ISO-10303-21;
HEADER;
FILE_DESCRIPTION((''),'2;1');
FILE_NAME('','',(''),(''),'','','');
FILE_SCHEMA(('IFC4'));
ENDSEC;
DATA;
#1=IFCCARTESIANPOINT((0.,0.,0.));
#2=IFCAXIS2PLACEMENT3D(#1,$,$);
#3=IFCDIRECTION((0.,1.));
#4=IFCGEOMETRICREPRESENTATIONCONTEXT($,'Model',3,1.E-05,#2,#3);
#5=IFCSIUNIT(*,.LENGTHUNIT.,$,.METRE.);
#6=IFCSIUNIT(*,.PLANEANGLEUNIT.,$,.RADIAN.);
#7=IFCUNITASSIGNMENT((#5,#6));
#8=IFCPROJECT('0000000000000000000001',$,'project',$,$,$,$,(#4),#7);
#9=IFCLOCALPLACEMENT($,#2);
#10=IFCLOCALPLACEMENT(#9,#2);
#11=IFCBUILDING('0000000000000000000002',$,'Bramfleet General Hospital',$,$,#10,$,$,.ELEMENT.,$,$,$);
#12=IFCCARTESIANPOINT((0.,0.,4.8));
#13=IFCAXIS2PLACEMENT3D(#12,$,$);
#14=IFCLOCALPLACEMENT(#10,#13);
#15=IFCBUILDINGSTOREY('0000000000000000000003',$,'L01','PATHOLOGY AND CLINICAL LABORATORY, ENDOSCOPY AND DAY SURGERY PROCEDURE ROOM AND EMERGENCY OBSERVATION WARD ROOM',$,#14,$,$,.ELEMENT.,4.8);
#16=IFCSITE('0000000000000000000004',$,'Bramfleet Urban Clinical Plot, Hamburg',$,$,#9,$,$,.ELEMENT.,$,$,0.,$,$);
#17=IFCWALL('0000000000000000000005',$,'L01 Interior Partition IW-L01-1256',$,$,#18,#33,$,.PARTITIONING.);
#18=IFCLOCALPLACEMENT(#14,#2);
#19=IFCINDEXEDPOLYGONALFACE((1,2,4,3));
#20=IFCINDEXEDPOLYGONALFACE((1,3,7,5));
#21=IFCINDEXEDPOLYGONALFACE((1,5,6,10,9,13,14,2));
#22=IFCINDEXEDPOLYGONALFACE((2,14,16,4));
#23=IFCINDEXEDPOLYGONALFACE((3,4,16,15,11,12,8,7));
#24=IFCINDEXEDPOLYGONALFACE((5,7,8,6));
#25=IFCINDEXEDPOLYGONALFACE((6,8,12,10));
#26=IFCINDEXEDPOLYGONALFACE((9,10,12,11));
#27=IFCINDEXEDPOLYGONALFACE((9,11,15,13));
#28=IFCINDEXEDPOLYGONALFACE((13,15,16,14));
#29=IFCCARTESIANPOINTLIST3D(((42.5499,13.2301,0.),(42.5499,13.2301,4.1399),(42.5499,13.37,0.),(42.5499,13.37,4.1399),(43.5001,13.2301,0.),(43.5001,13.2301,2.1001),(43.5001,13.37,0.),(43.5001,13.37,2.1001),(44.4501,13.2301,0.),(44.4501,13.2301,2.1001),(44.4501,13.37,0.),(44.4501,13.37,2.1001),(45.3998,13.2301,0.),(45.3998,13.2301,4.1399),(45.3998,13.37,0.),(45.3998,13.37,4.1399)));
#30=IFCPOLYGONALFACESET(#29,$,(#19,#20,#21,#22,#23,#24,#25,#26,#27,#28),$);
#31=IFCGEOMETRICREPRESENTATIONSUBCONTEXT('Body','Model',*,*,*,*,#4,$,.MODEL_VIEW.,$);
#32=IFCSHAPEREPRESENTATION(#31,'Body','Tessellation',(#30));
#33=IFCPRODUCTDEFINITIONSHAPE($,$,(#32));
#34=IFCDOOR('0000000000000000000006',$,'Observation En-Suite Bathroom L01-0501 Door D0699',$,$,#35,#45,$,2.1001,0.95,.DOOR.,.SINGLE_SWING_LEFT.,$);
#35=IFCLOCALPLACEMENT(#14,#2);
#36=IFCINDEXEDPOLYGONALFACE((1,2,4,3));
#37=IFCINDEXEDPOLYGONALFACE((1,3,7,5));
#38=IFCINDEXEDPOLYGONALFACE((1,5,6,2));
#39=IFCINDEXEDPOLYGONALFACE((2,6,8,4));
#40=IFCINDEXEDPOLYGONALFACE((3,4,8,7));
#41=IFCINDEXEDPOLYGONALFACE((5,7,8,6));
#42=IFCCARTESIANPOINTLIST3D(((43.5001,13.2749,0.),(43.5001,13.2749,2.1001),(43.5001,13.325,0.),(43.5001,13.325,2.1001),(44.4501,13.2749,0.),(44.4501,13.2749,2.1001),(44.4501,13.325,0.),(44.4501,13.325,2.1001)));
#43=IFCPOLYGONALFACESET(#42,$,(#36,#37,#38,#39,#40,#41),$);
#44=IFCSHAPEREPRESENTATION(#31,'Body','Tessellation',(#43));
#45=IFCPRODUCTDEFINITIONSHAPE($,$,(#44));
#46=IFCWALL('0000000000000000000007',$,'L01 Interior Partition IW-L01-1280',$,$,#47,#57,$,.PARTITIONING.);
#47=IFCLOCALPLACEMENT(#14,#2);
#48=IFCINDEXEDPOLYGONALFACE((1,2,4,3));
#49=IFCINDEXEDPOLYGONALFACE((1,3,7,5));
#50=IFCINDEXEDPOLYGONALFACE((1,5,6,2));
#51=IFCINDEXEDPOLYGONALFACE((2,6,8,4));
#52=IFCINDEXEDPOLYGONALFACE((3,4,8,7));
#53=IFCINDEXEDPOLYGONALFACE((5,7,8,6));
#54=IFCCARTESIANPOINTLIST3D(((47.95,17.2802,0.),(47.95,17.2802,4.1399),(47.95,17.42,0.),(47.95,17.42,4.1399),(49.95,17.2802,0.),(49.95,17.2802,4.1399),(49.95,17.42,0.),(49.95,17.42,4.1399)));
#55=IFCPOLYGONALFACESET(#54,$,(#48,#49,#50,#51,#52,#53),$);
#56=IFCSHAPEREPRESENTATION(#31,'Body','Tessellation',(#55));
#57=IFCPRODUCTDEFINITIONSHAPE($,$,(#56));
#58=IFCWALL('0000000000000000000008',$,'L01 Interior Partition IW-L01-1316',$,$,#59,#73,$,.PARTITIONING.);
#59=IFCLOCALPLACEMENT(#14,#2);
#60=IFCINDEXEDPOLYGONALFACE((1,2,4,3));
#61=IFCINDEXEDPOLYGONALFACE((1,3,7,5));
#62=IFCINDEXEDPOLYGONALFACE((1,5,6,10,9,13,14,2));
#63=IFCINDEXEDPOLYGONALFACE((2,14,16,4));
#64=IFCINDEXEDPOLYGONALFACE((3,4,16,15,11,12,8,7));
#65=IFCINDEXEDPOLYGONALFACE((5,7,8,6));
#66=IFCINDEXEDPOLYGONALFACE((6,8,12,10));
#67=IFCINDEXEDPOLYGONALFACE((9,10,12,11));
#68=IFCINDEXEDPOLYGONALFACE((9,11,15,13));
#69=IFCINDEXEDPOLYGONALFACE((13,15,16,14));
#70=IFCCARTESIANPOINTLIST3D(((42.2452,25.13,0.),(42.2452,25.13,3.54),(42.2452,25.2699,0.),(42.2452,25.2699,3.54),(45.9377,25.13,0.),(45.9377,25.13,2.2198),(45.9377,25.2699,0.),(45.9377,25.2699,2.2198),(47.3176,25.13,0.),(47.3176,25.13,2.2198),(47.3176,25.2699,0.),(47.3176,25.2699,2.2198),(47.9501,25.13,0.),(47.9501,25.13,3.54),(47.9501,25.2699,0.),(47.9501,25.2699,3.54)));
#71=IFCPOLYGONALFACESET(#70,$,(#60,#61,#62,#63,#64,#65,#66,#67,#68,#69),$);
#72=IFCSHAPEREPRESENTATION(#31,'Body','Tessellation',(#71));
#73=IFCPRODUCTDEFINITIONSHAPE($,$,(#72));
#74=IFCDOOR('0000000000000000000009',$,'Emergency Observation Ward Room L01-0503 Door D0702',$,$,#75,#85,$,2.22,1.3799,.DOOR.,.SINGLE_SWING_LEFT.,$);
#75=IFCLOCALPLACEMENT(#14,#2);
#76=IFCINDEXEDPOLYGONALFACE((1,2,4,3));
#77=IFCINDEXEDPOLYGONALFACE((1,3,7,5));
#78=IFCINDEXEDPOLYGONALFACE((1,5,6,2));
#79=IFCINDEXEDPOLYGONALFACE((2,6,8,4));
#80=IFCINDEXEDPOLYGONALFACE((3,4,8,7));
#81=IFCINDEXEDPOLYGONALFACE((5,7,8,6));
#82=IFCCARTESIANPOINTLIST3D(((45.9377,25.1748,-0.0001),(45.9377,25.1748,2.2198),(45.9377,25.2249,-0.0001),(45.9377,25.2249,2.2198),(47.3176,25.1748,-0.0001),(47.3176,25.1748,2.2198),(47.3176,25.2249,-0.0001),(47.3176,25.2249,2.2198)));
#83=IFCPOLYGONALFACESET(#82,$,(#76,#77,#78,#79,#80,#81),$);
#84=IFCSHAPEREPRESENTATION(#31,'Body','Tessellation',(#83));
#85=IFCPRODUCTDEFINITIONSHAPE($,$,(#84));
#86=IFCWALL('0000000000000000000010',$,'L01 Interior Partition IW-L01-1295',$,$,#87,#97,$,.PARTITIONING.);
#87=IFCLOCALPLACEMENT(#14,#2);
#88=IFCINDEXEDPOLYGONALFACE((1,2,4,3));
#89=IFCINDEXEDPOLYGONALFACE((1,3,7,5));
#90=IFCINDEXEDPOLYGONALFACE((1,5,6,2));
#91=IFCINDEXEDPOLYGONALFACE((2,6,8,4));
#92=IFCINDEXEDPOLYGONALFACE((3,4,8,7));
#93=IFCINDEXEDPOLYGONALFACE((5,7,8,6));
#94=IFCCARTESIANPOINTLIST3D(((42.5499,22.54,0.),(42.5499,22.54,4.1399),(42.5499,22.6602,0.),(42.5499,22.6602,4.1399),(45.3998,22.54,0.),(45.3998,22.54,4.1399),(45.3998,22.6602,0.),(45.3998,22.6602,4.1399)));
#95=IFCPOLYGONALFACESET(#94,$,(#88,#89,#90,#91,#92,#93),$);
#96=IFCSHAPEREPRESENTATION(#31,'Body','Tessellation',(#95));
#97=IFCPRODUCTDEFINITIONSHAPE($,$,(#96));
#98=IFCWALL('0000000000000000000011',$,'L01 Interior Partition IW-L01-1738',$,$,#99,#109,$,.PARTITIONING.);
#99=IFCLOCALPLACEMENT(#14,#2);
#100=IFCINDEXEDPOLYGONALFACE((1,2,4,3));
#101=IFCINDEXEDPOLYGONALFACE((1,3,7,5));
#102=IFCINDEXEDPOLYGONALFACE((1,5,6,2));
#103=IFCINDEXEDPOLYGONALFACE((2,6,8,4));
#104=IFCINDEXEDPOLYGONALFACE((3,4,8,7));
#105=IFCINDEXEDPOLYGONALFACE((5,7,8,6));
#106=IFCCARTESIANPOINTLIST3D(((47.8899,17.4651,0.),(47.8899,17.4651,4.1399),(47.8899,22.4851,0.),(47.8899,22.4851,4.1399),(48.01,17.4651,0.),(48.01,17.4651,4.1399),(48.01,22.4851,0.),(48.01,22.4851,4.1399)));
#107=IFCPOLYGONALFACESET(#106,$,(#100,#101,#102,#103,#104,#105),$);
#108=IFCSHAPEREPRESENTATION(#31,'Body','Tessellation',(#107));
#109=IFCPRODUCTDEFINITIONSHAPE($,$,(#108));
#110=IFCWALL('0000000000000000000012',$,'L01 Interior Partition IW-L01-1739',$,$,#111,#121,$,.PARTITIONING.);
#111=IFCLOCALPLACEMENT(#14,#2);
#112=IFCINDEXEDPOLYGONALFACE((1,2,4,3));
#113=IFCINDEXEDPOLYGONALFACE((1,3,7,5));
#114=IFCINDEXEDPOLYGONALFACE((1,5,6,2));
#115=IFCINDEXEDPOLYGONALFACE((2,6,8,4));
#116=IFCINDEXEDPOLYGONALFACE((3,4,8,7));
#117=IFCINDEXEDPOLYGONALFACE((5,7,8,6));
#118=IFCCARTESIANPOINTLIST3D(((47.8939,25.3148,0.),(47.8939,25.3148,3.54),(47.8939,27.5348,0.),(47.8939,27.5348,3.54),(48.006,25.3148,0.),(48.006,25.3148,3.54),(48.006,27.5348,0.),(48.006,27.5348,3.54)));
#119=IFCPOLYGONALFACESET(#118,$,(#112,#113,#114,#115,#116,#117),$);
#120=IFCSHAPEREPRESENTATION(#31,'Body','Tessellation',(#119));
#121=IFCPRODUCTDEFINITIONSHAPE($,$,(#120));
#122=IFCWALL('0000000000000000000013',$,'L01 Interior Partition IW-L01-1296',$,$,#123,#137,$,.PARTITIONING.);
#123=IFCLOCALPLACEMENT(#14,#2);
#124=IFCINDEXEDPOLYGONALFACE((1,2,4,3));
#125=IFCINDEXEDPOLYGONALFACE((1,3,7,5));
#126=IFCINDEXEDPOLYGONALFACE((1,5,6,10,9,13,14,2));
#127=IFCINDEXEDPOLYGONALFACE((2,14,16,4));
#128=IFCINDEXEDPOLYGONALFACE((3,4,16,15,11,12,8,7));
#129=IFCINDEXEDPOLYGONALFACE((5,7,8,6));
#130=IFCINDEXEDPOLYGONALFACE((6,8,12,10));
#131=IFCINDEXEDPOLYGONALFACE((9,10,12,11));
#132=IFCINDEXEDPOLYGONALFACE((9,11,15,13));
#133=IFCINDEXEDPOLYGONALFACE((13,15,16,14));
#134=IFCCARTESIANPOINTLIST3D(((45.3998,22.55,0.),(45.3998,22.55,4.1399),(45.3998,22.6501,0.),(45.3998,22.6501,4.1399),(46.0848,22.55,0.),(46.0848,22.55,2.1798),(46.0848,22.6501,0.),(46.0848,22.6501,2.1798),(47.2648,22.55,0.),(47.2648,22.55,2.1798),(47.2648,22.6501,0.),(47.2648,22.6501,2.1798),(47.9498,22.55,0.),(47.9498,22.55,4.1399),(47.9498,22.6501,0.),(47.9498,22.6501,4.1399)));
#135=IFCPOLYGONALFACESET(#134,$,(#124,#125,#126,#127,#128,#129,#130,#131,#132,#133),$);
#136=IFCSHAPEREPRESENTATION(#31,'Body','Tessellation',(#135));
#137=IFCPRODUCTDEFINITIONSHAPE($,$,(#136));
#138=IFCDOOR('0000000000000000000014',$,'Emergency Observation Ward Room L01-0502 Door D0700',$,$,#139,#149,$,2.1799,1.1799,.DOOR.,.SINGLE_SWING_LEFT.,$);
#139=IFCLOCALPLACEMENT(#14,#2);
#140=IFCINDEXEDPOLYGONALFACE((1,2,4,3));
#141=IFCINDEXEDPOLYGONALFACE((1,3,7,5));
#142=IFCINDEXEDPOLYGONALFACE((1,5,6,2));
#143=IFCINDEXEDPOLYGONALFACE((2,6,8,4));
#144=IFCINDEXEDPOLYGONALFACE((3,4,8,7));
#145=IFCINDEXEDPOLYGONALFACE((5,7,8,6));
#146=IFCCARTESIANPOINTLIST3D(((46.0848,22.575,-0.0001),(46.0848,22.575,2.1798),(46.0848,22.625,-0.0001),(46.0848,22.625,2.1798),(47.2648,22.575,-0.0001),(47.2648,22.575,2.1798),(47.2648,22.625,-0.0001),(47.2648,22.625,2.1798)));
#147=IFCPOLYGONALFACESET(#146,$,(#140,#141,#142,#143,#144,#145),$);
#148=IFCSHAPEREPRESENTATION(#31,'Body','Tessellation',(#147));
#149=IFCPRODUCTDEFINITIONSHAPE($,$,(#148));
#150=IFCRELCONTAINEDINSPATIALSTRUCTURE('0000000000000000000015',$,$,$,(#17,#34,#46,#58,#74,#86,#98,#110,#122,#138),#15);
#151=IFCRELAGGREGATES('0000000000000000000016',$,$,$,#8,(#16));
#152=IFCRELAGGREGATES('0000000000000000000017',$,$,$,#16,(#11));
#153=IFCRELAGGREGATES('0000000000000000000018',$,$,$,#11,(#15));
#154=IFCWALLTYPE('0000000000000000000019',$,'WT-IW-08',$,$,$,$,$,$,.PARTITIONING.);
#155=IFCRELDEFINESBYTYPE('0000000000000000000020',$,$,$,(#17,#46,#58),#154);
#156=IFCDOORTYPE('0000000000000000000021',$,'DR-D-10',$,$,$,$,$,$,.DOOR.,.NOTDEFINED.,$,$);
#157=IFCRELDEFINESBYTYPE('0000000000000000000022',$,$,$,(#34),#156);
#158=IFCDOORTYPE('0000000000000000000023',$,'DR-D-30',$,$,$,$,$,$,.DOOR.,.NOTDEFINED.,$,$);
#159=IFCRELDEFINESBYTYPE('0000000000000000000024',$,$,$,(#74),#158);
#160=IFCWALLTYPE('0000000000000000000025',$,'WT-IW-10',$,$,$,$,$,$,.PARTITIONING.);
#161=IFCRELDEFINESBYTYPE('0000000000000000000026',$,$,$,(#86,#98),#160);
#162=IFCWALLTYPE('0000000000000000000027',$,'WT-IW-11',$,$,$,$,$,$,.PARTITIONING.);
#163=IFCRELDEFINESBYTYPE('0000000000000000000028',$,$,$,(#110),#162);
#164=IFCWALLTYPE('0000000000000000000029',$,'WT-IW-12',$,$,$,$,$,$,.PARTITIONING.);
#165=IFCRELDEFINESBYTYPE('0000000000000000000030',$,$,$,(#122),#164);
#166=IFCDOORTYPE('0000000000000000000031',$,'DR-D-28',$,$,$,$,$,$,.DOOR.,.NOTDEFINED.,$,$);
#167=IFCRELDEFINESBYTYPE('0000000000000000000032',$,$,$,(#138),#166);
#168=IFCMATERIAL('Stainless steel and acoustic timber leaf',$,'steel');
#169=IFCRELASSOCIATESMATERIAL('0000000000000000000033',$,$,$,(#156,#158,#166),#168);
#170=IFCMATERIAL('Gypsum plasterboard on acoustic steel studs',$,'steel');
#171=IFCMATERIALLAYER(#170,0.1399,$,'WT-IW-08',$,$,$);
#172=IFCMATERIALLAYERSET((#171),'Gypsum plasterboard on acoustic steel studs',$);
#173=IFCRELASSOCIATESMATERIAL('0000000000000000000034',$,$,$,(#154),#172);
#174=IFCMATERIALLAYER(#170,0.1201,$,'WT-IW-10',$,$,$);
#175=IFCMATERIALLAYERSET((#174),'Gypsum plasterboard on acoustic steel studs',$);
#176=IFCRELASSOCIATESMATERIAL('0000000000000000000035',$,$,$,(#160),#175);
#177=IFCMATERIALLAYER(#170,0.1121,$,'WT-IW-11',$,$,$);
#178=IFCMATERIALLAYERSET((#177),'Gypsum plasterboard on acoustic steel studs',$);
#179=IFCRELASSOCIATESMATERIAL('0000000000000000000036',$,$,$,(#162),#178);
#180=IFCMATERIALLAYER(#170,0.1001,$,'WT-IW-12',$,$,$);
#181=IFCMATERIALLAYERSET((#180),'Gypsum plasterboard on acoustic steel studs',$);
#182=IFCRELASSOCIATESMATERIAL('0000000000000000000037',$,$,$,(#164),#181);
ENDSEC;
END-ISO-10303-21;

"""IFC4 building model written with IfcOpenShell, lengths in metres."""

from ifc_helpers import new_model, si_unit, direction, frame, frame_2d, origin, place, context, subcontext, project, spatial, rectangle, extrude, material, layer, layer_set, type_object, element, fill, save


model = new_model("IFC4")

# Units and contexts
model_context = context("Model", 3, precision=1e-05, world=origin(), true_north=direction((0.0, 1.0)))
body_context = subcontext(model_context, "Body", "Model", "MODEL_VIEW")
ifc_project = project(units=[si_unit("LENGTHUNIT", "METRE"), si_unit("PLANEANGLEUNIT", "RADIAN")], contexts=[model_context])

# Site, building, storey
site_placement = place(None, origin())
site = spatial("IfcSite", under=ifc_project, at=site_placement, Name="Bramfleet Urban Clinical Plot, Hamburg", CompositionType="ELEMENT", RefElevation=0.0)
building_placement = place(site_placement, origin())
building = spatial("IfcBuilding", under=site, at=building_placement, Name="Bramfleet General Hospital", CompositionType="ELEMENT")
storey_placement = place(building_placement, frame((0.0, 0.0, 4.8)))
storey = spatial("IfcBuildingStorey", under=building, at=storey_placement, Name="L01", Description="PATHOLOGY AND CLINICAL LABORATORY, ENDOSCOPY AND DAY SURGERY PROCEDURE ROOM AND EMERGENCY OBSERVATION WARD ROOM", CompositionType="ELEMENT", Elevation=4.8)

# Shared definitions
ifc_material_1 = material(Name="Stainless steel and acoustic timber leaf", Category="steel")
door_type_1 = type_object("IfcDoorType", Name="DR-D-10", OperationType="NOTDEFINED", PredefinedType="DOOR", material=ifc_material_1)

# Shared definitions
ifc_material_2 = material(Name="Gypsum plasterboard on acoustic steel studs", Category="steel")

# Wall, opening, door
ifc_layer_1 = layer(ifc_material_2, 0.1399, Name="WT-IW-08")
ifc_layer_set_1 = layer_set([ifc_layer_1], Name="Gypsum plasterboard on acoustic steel studs")
wall_type_1 = type_object("IfcWallType", Name="WT-IW-08", PredefinedType="PARTITIONING", material=ifc_layer_set_1)
wall_1_placement = place(storey_placement, frame((42.55, 13.3, 0.0), z_axis=(0.0, 0.0, 1.0), x_axis=(1.0, 0.0, 0.0)))
wall_1 = element("IfcWall", 1, at=wall_1_placement, inside=storey, type_object=wall_type_1, Name="L01 Interior Partition IW-L01-1256", PredefinedType="PARTITIONING", context=body_context, shape_type="SweptSolid", body=[
    extrude(rectangle(XDim=2.8499, YDim=0.1399, at=frame_2d((1.4248, 0.0))), origin(), (0.0, 0.0, 1.0), 4.1399),
])
opening_1_placement = place(wall_1_placement, frame((0.95, 0.0, 0.0)))
opening_1 = element("IfcOpeningElement", 2, at=opening_1_placement, cuts=wall_1, PredefinedType="OPENING", context=body_context, shape_type="SweptSolid", body=[
    extrude(rectangle(XDim=0.95, YDim=2.1001, at=frame_2d((0.4751, 1.05))), frame((0.0, 0.0798, 0.0), z_axis=(0.0, -1.0, 0.0), x_axis=(1.0, 0.0, 0.0)), (0.0, 0.0, 1.0), 0.1599),
])
door_1_placement = place(opening_1_placement, origin())
door_1 = element("IfcDoor", 3, at=door_1_placement, inside=storey, type_object=door_type_1, Name="Observation En-Suite Bathroom L01-0501 Door D0699", OperationType="SINGLE_SWING_LEFT", OverallHeight=2.1001, OverallWidth=0.95, PredefinedType="DOOR", context=body_context, shape_type="SweptSolid", body=[
    extrude(rectangle(XDim=0.95, YDim=2.1001, at=frame_2d((0.4751, 1.05))), frame((0.0, 0.0249, 0.0), z_axis=(0.0, -1.0, 0.0), x_axis=(1.0, 0.0, 0.0)), (0.0, 0.0, 1.0), 0.05),
])
fill(opening_1, door_1)

# Wall
wall_2_placement = place(storey_placement, frame((47.95, 17.3501, 0.0), z_axis=(0.0, 0.0, 1.0), x_axis=(1.0, 0.0, 0.0)))
element("IfcWall", 4, at=wall_2_placement, inside=storey, type_object=wall_type_1, Name="L01 Interior Partition IW-L01-1280", PredefinedType="PARTITIONING", context=body_context, shape_type="SweptSolid", body=[
    extrude(rectangle(XDim=2.0, YDim=0.1399, at=frame_2d((1.0, 0.0))), origin(), (0.0, 0.0, 1.0), 4.1399),
])

# Wall, opening, door
wall_3_placement = place(storey_placement, frame((42.2451, 25.2, 0.0), z_axis=(0.0, 0.0, 1.0), x_axis=(1.0, 0.0, 0.0)))
wall_3 = element("IfcWall", 5, at=wall_3_placement, inside=storey, type_object=wall_type_1, Name="L01 Interior Partition IW-L01-1316", PredefinedType="PARTITIONING", context=body_context, shape_type="SweptSolid", body=[
    extrude(rectangle(XDim=5.7048, YDim=0.1399, at=frame_2d((2.8525, 0.0))), origin(), (0.0, 0.0, 1.0), 3.54),
])
opening_2_placement = place(wall_3_placement, frame((3.6926, 0.0, 0.0)))
opening_2 = element("IfcOpeningElement", 6, at=opening_2_placement, cuts=wall_3, PredefinedType="OPENING", context=body_context, shape_type="SweptSolid", body=[
    extrude(rectangle(XDim=1.3799, YDim=2.22, at=frame_2d((0.6899, 1.1099))), frame((0.0, 0.0798, 0.0), z_axis=(0.0, -1.0, 0.0), x_axis=(1.0, 0.0, 0.0)), (0.0, 0.0, 1.0), 0.1599),
])
door_type_2 = type_object("IfcDoorType", Name="DR-D-30", OperationType="NOTDEFINED", PredefinedType="DOOR", material=ifc_material_1)
door_2_placement = place(opening_2_placement, origin())
door_2 = element("IfcDoor", 7, at=door_2_placement, inside=storey, type_object=door_type_2, Name="Emergency Observation Ward Room L01-0503 Door D0702", OperationType="SINGLE_SWING_LEFT", OverallHeight=2.22, OverallWidth=1.3799, PredefinedType="DOOR", context=body_context, shape_type="SweptSolid", body=[
    extrude(rectangle(XDim=1.3799, YDim=2.22, at=frame_2d((0.6899, 1.1099))), frame((0.0, 0.0249, 0.0), z_axis=(0.0, -1.0, 0.0), x_axis=(1.0, 0.0, 0.0)), (0.0, 0.0, 1.0), 0.05),
])
fill(opening_2, door_2)

# Walls
ifc_layer_2 = layer(ifc_material_2, 0.1201, Name="WT-IW-10")
ifc_layer_set_2 = layer_set([ifc_layer_2], Name="Gypsum plasterboard on acoustic steel studs")
wall_type_2 = type_object("IfcWallType", Name="WT-IW-10", PredefinedType="PARTITIONING", material=ifc_layer_set_2)
wall_4_placement = place(storey_placement, frame((42.55, 22.6001, 0.0), z_axis=(0.0, 0.0, 1.0), x_axis=(1.0, 0.0, 0.0)))
element("IfcWall", 8, at=wall_4_placement, inside=storey, type_object=wall_type_2, Name="L01 Interior Partition IW-L01-1295", PredefinedType="PARTITIONING", context=body_context, shape_type="SweptSolid", body=[
    extrude(rectangle(XDim=2.8499, YDim=0.1201, at=frame_2d((1.4248, 0.0))), origin(), (0.0, 0.0, 1.0), 4.1399),
])
wall_5_placement = place(storey_placement, frame((47.95, 17.4651, 0.0), z_axis=(0.0, 0.0, 1.0), x_axis=(0.0, 1.0, 0.0)))
element("IfcWall", 9, at=wall_5_placement, inside=storey, type_object=wall_type_2, Name="L01 Interior Partition IW-L01-1738", PredefinedType="PARTITIONING", context=body_context, shape_type="SweptSolid", body=[
    extrude(rectangle(XDim=5.02, YDim=0.1201, at=frame_2d((2.51, 0.0))), origin(), (0.0, 0.0, 1.0), 4.1399),
])
ifc_layer_3 = layer(ifc_material_2, 0.1121, Name="WT-IW-11")
ifc_layer_set_3 = layer_set([ifc_layer_3], Name="Gypsum plasterboard on acoustic steel studs")
wall_type_3 = type_object("IfcWallType", Name="WT-IW-11", PredefinedType="PARTITIONING", material=ifc_layer_set_3)
wall_6_placement = place(storey_placement, frame((47.95, 25.3149, 0.0), z_axis=(0.0, 0.0, 1.0), x_axis=(0.0, 1.0, 0.0)))
element("IfcWall", 10, at=wall_6_placement, inside=storey, type_object=wall_type_3, Name="L01 Interior Partition IW-L01-1739", PredefinedType="PARTITIONING", context=body_context, shape_type="SweptSolid", body=[
    extrude(rectangle(XDim=2.22, YDim=0.1121, at=frame_2d((1.1099, 0.0))), origin(), (0.0, 0.0, 1.0), 3.54),
])

# Wall, opening, door
ifc_layer_4 = layer(ifc_material_2, 0.1001, Name="WT-IW-12")
ifc_layer_set_4 = layer_set([ifc_layer_4], Name="Gypsum plasterboard on acoustic steel studs")
wall_type_4 = type_object("IfcWallType", Name="WT-IW-12", PredefinedType="PARTITIONING", material=ifc_layer_set_4)
wall_7_placement = place(storey_placement, frame((45.3999, 22.6001, 0.0), z_axis=(0.0, 0.0, 1.0), x_axis=(1.0, 0.0, 0.0)))
wall_7 = element("IfcWall", 11, at=wall_7_placement, inside=storey, type_object=wall_type_4, Name="L01 Interior Partition IW-L01-1296", PredefinedType="PARTITIONING", context=body_context, shape_type="SweptSolid", body=[
    extrude(rectangle(XDim=2.55, YDim=0.1001, at=frame_2d((1.2749, 0.0))), origin(), (0.0, 0.0, 1.0), 4.1399),
])
opening_3_placement = place(wall_7_placement, frame((0.6851, 0.0, 0.0)))
opening_3 = element("IfcOpeningElement", 12, at=opening_3_placement, cuts=wall_7, PredefinedType="OPENING", context=body_context, shape_type="SweptSolid", body=[
    extrude(rectangle(XDim=1.1799, YDim=2.1799, at=frame_2d((0.5898, 1.0898))), frame((0.0, 0.0601, 0.0), z_axis=(0.0, -1.0, 0.0), x_axis=(1.0, 0.0, 0.0)), (0.0, 0.0, 1.0), 0.1201),
])
door_type_3 = type_object("IfcDoorType", Name="DR-D-28", OperationType="NOTDEFINED", PredefinedType="DOOR", material=ifc_material_1)
door_3_placement = place(opening_3_placement, origin())
door_3 = element("IfcDoor", 13, at=door_3_placement, inside=storey, type_object=door_type_3, Name="Emergency Observation Ward Room L01-0502 Door D0700", OperationType="SINGLE_SWING_LEFT", OverallHeight=2.1799, OverallWidth=1.1799, PredefinedType="DOOR", context=body_context, shape_type="SweptSolid", body=[
    extrude(rectangle(XDim=1.1799, YDim=2.1799, at=frame_2d((0.5898, 1.0898))), frame((0.0, 0.0249, 0.0), z_axis=(0.0, -1.0, 0.0), x_axis=(1.0, 0.0, 0.0)), (0.0, 0.0, 1.0), 0.05),
])
fill(opening_3, door_3)

save(model, "model.ifc")
